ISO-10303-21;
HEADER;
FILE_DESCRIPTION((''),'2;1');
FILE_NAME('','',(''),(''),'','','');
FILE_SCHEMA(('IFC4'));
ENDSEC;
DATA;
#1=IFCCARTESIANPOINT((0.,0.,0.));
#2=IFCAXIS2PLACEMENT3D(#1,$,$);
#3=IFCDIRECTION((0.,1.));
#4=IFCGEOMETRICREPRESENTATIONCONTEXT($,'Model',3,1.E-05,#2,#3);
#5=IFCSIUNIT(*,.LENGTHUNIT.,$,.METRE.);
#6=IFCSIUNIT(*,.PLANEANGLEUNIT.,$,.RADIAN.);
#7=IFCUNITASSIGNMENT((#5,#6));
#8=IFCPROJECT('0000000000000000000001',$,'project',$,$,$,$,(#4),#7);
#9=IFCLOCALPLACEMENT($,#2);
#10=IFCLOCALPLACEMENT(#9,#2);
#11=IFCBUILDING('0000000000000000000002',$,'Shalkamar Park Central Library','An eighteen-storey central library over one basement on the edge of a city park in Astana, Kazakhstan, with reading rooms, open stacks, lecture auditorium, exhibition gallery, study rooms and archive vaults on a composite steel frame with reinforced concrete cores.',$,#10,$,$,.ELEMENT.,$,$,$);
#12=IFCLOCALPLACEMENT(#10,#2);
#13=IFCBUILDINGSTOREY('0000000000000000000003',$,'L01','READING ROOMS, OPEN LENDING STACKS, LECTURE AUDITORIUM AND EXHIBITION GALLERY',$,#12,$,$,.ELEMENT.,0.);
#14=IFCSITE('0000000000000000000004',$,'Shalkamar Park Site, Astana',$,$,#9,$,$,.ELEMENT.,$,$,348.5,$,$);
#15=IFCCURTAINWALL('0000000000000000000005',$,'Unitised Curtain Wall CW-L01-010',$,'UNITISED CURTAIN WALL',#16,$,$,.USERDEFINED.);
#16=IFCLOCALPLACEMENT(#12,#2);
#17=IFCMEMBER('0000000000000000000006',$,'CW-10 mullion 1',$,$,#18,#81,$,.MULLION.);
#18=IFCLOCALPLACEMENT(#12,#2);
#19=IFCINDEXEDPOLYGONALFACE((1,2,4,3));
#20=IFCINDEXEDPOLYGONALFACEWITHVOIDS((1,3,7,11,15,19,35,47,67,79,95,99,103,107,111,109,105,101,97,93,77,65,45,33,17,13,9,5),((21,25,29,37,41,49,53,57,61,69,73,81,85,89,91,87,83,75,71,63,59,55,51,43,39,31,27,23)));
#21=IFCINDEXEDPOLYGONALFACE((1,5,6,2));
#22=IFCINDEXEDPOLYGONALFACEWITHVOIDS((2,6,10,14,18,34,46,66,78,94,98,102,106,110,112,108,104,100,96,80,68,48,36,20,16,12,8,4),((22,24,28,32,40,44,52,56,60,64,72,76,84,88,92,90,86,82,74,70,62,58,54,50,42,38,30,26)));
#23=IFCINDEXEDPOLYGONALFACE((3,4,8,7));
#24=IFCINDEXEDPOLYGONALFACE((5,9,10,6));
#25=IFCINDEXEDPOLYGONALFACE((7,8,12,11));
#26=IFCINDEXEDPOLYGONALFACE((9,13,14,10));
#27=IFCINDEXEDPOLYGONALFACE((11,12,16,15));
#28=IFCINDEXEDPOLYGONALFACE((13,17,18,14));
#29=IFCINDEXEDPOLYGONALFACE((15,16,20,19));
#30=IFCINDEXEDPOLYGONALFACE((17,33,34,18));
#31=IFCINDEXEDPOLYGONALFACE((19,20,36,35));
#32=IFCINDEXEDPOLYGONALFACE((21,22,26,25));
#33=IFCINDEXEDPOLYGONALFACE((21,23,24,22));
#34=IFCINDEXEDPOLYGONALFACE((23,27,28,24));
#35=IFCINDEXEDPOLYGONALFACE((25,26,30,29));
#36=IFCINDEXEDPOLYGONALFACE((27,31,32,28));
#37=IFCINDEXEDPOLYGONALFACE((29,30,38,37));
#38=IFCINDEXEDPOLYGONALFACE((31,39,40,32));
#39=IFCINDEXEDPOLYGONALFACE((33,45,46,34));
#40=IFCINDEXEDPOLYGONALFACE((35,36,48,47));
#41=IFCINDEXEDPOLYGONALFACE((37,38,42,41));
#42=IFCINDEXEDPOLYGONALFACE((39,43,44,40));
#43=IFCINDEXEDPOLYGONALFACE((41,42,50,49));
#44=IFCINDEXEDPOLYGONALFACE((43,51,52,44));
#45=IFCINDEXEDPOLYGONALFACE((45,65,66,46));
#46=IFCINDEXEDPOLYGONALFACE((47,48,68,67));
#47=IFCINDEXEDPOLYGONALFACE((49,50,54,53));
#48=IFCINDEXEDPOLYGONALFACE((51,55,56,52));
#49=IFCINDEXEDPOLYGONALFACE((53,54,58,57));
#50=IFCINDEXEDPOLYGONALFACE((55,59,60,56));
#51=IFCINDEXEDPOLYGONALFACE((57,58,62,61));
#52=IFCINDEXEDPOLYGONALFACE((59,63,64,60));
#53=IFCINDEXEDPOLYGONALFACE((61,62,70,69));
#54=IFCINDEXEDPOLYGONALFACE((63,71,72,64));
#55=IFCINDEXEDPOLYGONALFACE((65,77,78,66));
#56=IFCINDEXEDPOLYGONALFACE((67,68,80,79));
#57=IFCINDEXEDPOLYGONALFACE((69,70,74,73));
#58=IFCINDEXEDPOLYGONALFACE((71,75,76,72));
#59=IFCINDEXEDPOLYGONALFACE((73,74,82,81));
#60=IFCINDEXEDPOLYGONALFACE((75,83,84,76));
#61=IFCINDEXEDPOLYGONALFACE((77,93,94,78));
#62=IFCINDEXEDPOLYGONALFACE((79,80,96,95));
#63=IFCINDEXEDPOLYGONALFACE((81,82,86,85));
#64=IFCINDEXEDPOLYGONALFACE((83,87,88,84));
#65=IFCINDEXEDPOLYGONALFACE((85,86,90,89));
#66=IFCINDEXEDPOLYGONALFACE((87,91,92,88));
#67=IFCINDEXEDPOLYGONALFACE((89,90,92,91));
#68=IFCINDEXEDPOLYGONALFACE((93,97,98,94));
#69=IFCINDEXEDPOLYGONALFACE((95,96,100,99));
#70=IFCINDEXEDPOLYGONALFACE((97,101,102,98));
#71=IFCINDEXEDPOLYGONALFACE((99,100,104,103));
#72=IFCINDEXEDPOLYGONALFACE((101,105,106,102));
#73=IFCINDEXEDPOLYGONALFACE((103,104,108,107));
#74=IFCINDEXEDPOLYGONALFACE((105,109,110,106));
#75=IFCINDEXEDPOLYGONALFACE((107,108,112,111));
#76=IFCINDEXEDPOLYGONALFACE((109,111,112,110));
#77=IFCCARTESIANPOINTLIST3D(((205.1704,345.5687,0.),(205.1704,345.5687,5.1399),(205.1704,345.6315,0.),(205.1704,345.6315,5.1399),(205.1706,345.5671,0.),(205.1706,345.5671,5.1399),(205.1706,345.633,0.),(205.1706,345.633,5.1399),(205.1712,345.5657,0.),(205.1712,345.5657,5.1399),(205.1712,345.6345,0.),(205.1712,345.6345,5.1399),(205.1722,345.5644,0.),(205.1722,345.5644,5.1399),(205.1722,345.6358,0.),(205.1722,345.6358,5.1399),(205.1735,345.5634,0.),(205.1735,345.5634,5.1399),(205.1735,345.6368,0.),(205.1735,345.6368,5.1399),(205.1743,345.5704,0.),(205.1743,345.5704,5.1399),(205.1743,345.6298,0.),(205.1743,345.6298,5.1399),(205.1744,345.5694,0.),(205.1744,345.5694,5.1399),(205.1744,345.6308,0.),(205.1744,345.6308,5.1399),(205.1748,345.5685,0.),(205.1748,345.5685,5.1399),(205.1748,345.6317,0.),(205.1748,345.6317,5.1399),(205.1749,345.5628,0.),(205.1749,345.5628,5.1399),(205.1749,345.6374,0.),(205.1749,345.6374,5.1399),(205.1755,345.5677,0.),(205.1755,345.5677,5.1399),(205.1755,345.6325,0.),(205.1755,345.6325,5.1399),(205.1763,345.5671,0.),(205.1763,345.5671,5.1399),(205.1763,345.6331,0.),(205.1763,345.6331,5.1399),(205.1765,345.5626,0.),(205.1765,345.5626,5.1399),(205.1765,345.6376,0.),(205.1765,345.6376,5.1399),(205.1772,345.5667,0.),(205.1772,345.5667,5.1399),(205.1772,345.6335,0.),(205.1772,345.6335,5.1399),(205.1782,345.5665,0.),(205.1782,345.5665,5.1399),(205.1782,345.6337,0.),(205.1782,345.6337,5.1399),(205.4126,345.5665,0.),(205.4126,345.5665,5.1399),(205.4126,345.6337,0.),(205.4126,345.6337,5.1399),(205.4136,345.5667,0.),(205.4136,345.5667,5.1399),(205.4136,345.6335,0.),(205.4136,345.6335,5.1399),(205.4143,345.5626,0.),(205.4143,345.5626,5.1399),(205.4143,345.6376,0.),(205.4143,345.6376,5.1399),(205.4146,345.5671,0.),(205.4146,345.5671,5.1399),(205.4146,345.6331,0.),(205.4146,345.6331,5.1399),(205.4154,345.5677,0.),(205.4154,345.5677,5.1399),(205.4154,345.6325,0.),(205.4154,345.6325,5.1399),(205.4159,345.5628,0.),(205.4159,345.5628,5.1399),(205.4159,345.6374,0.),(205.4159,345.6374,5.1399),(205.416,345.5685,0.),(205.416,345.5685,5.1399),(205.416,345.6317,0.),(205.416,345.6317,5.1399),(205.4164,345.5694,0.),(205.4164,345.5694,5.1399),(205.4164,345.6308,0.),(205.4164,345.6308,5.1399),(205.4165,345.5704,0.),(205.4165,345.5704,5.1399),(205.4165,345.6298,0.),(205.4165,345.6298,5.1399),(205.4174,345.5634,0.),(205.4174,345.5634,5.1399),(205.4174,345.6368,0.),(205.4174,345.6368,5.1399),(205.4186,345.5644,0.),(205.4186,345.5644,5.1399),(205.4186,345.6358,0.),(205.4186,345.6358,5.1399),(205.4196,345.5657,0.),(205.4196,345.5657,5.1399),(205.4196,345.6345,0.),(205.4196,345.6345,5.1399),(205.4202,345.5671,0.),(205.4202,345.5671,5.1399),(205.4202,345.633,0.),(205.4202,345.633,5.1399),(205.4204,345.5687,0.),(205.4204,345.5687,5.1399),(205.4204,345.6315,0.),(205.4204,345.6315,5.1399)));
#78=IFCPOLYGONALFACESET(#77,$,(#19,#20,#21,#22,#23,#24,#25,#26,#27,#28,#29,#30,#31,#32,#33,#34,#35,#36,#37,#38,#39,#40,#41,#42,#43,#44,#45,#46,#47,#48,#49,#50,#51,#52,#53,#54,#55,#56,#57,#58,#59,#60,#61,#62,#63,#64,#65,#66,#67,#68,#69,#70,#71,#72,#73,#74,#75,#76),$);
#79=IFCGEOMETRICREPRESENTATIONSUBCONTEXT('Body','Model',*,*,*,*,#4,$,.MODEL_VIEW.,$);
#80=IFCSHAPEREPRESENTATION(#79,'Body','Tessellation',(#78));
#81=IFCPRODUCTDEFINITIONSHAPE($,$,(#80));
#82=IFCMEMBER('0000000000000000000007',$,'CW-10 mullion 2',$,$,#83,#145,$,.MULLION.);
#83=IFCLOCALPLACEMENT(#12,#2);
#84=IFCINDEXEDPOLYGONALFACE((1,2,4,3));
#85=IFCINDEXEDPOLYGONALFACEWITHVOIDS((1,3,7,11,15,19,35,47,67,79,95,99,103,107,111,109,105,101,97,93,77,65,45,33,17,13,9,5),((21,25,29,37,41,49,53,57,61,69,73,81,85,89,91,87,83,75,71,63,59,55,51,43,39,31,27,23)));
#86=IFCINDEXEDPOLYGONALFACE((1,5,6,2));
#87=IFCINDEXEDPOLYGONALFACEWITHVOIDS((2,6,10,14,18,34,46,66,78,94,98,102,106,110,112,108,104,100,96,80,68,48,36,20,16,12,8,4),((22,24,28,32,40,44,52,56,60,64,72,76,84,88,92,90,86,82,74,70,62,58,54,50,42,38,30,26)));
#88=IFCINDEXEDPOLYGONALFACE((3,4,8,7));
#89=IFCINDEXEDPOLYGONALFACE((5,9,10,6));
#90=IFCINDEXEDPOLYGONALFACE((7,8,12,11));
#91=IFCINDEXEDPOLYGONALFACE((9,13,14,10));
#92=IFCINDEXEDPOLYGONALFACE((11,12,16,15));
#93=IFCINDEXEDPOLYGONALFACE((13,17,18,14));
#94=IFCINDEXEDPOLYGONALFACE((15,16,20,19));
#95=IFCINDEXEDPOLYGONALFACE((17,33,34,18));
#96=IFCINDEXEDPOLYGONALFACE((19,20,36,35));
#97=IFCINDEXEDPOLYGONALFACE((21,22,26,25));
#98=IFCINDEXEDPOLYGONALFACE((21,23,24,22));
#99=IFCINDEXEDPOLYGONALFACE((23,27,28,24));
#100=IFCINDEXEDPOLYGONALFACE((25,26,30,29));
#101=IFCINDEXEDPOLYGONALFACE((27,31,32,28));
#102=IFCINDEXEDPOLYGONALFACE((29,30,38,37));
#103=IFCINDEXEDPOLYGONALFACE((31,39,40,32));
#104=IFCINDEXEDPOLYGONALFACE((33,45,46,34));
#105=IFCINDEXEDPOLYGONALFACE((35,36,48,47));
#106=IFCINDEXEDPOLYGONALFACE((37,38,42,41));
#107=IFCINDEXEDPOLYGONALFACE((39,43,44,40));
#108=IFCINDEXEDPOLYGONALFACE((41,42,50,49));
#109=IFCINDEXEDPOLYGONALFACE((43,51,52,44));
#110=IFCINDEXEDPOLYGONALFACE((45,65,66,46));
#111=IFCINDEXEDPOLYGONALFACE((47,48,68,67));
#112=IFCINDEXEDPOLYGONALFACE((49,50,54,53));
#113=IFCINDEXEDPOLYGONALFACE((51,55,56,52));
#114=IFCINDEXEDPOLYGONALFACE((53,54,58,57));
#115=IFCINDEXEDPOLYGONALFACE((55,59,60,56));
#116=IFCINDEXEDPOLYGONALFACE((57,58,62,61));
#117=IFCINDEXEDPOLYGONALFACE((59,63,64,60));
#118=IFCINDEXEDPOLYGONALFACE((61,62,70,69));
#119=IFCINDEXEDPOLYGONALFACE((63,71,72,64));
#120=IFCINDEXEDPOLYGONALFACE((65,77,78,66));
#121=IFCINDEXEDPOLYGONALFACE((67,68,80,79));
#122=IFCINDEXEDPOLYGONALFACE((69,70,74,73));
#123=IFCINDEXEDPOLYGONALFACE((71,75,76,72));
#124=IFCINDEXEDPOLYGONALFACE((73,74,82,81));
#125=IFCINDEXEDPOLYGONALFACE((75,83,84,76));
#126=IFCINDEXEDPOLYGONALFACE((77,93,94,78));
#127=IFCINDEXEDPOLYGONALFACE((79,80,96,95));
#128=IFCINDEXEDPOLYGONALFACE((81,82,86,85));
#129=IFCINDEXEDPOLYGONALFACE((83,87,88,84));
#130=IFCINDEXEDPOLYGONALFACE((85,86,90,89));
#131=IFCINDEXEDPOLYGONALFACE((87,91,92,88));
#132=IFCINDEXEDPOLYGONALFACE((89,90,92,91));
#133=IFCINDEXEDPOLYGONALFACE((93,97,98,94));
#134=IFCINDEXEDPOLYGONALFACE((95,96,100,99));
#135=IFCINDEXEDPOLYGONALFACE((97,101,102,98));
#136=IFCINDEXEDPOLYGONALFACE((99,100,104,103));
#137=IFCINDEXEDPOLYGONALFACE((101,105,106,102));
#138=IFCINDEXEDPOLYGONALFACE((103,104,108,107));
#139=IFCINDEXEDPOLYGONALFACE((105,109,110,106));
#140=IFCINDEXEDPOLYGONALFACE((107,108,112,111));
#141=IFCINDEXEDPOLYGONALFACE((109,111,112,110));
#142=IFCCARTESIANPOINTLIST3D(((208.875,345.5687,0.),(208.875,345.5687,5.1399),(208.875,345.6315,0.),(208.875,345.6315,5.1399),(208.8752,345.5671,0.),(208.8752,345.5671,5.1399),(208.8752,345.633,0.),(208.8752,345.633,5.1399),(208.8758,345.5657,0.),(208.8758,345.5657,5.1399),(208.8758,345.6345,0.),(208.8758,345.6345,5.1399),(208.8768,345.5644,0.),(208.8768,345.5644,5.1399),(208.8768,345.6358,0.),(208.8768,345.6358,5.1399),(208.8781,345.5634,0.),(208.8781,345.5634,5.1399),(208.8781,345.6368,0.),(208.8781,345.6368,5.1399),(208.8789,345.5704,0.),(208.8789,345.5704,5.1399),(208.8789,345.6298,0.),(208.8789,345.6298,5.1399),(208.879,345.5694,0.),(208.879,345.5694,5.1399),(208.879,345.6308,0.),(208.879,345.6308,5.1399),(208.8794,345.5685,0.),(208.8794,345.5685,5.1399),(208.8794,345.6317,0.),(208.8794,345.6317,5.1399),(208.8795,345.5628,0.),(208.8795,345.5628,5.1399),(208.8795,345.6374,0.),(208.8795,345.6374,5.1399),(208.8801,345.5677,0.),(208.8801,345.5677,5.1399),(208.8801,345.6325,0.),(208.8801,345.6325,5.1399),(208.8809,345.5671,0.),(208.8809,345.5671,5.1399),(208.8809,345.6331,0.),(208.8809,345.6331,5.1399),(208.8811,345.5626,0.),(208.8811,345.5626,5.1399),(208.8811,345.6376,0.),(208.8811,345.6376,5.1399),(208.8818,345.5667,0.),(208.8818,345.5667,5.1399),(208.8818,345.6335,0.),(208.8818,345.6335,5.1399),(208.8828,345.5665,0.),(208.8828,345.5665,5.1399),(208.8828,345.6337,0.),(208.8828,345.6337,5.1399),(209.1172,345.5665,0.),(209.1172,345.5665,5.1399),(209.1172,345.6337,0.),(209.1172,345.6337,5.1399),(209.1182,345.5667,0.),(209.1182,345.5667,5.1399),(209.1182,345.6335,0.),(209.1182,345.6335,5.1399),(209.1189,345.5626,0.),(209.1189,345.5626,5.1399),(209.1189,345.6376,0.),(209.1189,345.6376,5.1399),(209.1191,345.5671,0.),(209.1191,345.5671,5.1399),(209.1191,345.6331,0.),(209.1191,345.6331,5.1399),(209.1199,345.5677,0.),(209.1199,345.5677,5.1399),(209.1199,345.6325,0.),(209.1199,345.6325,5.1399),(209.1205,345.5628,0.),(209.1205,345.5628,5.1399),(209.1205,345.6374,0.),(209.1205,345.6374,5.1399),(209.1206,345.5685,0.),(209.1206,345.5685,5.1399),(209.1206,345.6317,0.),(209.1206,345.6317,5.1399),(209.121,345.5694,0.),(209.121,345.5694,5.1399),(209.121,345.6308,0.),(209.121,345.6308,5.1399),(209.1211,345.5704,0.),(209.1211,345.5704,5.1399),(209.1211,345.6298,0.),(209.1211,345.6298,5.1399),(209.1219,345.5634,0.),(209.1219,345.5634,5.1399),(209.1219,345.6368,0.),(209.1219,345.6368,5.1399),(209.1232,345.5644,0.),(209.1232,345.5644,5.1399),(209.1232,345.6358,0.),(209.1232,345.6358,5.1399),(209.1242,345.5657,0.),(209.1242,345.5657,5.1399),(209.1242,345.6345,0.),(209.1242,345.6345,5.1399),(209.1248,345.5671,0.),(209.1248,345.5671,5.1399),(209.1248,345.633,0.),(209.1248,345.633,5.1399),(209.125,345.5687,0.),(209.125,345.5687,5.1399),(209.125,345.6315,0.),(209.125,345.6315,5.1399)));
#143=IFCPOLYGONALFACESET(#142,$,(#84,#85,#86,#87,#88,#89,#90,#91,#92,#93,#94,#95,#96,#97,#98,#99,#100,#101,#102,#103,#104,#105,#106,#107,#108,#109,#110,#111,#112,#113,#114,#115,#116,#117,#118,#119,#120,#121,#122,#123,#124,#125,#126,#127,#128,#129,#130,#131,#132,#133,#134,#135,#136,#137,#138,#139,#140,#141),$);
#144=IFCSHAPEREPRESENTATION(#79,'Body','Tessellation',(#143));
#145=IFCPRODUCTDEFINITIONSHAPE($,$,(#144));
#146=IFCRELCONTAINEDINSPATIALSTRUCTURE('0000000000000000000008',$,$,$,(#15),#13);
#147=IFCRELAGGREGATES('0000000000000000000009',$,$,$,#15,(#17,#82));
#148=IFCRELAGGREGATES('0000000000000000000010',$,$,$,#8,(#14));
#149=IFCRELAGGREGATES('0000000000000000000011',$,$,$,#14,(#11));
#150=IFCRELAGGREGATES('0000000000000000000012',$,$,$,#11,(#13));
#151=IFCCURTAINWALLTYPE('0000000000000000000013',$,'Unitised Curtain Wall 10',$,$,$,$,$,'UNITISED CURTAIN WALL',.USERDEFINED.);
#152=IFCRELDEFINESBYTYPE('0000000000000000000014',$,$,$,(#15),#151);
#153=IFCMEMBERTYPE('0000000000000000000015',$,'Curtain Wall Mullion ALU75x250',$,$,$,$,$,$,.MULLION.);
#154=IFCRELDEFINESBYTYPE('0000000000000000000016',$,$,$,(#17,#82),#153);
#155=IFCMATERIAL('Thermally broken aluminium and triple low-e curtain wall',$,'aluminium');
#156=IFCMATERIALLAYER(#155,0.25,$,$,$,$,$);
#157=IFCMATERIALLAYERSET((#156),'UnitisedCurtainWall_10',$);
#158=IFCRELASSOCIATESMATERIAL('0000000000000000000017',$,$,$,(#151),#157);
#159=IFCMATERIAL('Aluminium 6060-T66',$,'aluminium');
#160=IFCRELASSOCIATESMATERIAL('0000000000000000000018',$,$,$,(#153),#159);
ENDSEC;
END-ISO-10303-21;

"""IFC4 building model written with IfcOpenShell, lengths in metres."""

from ifc_helpers import new_model, si_unit, direction, frame, origin, origin_2d, place, context, subcontext, project, spatial, hollow_rectangle, extrude, material, layer, layer_set, material_profile, profile_set, type_object, element, aggregate, save


model = new_model("IFC4")

# Units and contexts
model_context = context("Model", 3, precision=1e-05, world=origin(), true_north=direction((0.0, 1.0)))
body_context = subcontext(model_context, "Body", "Model", "MODEL_VIEW")
ifc_project = project(units=[si_unit("LENGTHUNIT", "METRE"), si_unit("PLANEANGLEUNIT", "RADIAN")], contexts=[model_context])

# Site, building, storey
site_placement = place(None, origin())
site = spatial("IfcSite", under=ifc_project, at=site_placement, Name="Shalkamar Park Site, Astana", CompositionType="ELEMENT", RefElevation=348.5)
building_placement = place(site_placement, origin())
building = spatial("IfcBuilding", under=site, at=building_placement, Name="Shalkamar Park Central Library", Description="An eighteen-storey central library over one basement on the edge of a city park in Astana, Kazakhstan, with reading rooms, open stacks, lecture auditorium, exhibition gallery, study rooms and archive vaults on a composite steel frame with reinforced concrete cores.", CompositionType="ELEMENT")
storey_placement = place(building_placement, origin())
storey = spatial("IfcBuildingStorey", under=building, at=storey_placement, Name="L01", Description="READING ROOMS, OPEN LENDING STACKS, LECTURE AUDITORIUM AND EXHIBITION GALLERY", CompositionType="ELEMENT", Elevation=0.0)

# Curtain wall, members
ifc_material_1 = material(Name="Thermally broken aluminium and triple low-e curtain wall", Category="aluminium")
ifc_layer_1 = layer(ifc_material_1, 0.25)
ifc_layer_set_1 = layer_set([ifc_layer_1], Name="UnitisedCurtainWall_10")
curtain_wall_type = type_object("IfcCurtainWallType", Name="Unitised Curtain Wall 10", ElementType="UNITISED CURTAIN WALL", PredefinedType="USERDEFINED", material=ifc_layer_set_1)
curtain_wall_placement = place(storey_placement, origin())
curtain_wall = element("IfcCurtainWall", 1, at=curtain_wall_placement, inside=storey, type_object=curtain_wall_type, Name="Unitised Curtain Wall CW-L01-010", ObjectType="UNITISED CURTAIN WALL", PredefinedType="USERDEFINED")
ifc_material_2 = material(Name="Aluminium 6060-T66", Category="aluminium")
ifc_material_profile_1 = material_profile(ifc_material_2, hollow_rectangle(XDim=0.075, YDim=0.25, WallThickness=0.0039, InnerFilletRadius=0.0039, OuterFilletRadius=0.0061, at=origin_2d()), Name="ALU 75x250x4")
ifc_profile_set_1 = profile_set([ifc_material_profile_1], Name="Aluminium 6060-T66")
member_type_1 = type_object("IfcMemberType", Name="Curtain Wall Mullion ALU75x250", PredefinedType="MULLION", material=ifc_profile_set_1)
member_1_placement = place(storey_placement, frame((205.2954, 345.6001, 0.0), z_axis=(0.0, 0.0, 1.0), x_axis=(0.0, 1.0, 0.0)))
member_1 = element("IfcMember", 2, at=member_1_placement, type_object=member_type_1, Name="CW-10 mullion 1", PredefinedType="MULLION", context=body_context, shape_type="SweptSolid", body=[
    extrude(hollow_rectangle(XDim=0.075, YDim=0.25, WallThickness=0.0039, InnerFilletRadius=0.0039, OuterFilletRadius=0.0061, at=origin_2d()), origin(), (0.0, 0.0, 1.0), 5.1399),
])
member_2_placement = place(storey_placement, frame((209.0, 345.6001, 0.0), z_axis=(0.0, 0.0, 1.0), x_axis=(0.0, 1.0, 0.0)))
member_2 = element("IfcMember", 3, at=member_2_placement, type_object=member_type_1, Name="CW-10 mullion 2", PredefinedType="MULLION", context=body_context, shape_type="SweptSolid", body=[
    extrude(hollow_rectangle(XDim=0.075, YDim=0.25, WallThickness=0.0039, InnerFilletRadius=0.0039, OuterFilletRadius=0.0061, at=origin_2d()), origin(), (0.0, 0.0, 1.0), 5.1399),
])

aggregate(curtain_wall, [member_1, member_2])

save(model, "model.ifc")
